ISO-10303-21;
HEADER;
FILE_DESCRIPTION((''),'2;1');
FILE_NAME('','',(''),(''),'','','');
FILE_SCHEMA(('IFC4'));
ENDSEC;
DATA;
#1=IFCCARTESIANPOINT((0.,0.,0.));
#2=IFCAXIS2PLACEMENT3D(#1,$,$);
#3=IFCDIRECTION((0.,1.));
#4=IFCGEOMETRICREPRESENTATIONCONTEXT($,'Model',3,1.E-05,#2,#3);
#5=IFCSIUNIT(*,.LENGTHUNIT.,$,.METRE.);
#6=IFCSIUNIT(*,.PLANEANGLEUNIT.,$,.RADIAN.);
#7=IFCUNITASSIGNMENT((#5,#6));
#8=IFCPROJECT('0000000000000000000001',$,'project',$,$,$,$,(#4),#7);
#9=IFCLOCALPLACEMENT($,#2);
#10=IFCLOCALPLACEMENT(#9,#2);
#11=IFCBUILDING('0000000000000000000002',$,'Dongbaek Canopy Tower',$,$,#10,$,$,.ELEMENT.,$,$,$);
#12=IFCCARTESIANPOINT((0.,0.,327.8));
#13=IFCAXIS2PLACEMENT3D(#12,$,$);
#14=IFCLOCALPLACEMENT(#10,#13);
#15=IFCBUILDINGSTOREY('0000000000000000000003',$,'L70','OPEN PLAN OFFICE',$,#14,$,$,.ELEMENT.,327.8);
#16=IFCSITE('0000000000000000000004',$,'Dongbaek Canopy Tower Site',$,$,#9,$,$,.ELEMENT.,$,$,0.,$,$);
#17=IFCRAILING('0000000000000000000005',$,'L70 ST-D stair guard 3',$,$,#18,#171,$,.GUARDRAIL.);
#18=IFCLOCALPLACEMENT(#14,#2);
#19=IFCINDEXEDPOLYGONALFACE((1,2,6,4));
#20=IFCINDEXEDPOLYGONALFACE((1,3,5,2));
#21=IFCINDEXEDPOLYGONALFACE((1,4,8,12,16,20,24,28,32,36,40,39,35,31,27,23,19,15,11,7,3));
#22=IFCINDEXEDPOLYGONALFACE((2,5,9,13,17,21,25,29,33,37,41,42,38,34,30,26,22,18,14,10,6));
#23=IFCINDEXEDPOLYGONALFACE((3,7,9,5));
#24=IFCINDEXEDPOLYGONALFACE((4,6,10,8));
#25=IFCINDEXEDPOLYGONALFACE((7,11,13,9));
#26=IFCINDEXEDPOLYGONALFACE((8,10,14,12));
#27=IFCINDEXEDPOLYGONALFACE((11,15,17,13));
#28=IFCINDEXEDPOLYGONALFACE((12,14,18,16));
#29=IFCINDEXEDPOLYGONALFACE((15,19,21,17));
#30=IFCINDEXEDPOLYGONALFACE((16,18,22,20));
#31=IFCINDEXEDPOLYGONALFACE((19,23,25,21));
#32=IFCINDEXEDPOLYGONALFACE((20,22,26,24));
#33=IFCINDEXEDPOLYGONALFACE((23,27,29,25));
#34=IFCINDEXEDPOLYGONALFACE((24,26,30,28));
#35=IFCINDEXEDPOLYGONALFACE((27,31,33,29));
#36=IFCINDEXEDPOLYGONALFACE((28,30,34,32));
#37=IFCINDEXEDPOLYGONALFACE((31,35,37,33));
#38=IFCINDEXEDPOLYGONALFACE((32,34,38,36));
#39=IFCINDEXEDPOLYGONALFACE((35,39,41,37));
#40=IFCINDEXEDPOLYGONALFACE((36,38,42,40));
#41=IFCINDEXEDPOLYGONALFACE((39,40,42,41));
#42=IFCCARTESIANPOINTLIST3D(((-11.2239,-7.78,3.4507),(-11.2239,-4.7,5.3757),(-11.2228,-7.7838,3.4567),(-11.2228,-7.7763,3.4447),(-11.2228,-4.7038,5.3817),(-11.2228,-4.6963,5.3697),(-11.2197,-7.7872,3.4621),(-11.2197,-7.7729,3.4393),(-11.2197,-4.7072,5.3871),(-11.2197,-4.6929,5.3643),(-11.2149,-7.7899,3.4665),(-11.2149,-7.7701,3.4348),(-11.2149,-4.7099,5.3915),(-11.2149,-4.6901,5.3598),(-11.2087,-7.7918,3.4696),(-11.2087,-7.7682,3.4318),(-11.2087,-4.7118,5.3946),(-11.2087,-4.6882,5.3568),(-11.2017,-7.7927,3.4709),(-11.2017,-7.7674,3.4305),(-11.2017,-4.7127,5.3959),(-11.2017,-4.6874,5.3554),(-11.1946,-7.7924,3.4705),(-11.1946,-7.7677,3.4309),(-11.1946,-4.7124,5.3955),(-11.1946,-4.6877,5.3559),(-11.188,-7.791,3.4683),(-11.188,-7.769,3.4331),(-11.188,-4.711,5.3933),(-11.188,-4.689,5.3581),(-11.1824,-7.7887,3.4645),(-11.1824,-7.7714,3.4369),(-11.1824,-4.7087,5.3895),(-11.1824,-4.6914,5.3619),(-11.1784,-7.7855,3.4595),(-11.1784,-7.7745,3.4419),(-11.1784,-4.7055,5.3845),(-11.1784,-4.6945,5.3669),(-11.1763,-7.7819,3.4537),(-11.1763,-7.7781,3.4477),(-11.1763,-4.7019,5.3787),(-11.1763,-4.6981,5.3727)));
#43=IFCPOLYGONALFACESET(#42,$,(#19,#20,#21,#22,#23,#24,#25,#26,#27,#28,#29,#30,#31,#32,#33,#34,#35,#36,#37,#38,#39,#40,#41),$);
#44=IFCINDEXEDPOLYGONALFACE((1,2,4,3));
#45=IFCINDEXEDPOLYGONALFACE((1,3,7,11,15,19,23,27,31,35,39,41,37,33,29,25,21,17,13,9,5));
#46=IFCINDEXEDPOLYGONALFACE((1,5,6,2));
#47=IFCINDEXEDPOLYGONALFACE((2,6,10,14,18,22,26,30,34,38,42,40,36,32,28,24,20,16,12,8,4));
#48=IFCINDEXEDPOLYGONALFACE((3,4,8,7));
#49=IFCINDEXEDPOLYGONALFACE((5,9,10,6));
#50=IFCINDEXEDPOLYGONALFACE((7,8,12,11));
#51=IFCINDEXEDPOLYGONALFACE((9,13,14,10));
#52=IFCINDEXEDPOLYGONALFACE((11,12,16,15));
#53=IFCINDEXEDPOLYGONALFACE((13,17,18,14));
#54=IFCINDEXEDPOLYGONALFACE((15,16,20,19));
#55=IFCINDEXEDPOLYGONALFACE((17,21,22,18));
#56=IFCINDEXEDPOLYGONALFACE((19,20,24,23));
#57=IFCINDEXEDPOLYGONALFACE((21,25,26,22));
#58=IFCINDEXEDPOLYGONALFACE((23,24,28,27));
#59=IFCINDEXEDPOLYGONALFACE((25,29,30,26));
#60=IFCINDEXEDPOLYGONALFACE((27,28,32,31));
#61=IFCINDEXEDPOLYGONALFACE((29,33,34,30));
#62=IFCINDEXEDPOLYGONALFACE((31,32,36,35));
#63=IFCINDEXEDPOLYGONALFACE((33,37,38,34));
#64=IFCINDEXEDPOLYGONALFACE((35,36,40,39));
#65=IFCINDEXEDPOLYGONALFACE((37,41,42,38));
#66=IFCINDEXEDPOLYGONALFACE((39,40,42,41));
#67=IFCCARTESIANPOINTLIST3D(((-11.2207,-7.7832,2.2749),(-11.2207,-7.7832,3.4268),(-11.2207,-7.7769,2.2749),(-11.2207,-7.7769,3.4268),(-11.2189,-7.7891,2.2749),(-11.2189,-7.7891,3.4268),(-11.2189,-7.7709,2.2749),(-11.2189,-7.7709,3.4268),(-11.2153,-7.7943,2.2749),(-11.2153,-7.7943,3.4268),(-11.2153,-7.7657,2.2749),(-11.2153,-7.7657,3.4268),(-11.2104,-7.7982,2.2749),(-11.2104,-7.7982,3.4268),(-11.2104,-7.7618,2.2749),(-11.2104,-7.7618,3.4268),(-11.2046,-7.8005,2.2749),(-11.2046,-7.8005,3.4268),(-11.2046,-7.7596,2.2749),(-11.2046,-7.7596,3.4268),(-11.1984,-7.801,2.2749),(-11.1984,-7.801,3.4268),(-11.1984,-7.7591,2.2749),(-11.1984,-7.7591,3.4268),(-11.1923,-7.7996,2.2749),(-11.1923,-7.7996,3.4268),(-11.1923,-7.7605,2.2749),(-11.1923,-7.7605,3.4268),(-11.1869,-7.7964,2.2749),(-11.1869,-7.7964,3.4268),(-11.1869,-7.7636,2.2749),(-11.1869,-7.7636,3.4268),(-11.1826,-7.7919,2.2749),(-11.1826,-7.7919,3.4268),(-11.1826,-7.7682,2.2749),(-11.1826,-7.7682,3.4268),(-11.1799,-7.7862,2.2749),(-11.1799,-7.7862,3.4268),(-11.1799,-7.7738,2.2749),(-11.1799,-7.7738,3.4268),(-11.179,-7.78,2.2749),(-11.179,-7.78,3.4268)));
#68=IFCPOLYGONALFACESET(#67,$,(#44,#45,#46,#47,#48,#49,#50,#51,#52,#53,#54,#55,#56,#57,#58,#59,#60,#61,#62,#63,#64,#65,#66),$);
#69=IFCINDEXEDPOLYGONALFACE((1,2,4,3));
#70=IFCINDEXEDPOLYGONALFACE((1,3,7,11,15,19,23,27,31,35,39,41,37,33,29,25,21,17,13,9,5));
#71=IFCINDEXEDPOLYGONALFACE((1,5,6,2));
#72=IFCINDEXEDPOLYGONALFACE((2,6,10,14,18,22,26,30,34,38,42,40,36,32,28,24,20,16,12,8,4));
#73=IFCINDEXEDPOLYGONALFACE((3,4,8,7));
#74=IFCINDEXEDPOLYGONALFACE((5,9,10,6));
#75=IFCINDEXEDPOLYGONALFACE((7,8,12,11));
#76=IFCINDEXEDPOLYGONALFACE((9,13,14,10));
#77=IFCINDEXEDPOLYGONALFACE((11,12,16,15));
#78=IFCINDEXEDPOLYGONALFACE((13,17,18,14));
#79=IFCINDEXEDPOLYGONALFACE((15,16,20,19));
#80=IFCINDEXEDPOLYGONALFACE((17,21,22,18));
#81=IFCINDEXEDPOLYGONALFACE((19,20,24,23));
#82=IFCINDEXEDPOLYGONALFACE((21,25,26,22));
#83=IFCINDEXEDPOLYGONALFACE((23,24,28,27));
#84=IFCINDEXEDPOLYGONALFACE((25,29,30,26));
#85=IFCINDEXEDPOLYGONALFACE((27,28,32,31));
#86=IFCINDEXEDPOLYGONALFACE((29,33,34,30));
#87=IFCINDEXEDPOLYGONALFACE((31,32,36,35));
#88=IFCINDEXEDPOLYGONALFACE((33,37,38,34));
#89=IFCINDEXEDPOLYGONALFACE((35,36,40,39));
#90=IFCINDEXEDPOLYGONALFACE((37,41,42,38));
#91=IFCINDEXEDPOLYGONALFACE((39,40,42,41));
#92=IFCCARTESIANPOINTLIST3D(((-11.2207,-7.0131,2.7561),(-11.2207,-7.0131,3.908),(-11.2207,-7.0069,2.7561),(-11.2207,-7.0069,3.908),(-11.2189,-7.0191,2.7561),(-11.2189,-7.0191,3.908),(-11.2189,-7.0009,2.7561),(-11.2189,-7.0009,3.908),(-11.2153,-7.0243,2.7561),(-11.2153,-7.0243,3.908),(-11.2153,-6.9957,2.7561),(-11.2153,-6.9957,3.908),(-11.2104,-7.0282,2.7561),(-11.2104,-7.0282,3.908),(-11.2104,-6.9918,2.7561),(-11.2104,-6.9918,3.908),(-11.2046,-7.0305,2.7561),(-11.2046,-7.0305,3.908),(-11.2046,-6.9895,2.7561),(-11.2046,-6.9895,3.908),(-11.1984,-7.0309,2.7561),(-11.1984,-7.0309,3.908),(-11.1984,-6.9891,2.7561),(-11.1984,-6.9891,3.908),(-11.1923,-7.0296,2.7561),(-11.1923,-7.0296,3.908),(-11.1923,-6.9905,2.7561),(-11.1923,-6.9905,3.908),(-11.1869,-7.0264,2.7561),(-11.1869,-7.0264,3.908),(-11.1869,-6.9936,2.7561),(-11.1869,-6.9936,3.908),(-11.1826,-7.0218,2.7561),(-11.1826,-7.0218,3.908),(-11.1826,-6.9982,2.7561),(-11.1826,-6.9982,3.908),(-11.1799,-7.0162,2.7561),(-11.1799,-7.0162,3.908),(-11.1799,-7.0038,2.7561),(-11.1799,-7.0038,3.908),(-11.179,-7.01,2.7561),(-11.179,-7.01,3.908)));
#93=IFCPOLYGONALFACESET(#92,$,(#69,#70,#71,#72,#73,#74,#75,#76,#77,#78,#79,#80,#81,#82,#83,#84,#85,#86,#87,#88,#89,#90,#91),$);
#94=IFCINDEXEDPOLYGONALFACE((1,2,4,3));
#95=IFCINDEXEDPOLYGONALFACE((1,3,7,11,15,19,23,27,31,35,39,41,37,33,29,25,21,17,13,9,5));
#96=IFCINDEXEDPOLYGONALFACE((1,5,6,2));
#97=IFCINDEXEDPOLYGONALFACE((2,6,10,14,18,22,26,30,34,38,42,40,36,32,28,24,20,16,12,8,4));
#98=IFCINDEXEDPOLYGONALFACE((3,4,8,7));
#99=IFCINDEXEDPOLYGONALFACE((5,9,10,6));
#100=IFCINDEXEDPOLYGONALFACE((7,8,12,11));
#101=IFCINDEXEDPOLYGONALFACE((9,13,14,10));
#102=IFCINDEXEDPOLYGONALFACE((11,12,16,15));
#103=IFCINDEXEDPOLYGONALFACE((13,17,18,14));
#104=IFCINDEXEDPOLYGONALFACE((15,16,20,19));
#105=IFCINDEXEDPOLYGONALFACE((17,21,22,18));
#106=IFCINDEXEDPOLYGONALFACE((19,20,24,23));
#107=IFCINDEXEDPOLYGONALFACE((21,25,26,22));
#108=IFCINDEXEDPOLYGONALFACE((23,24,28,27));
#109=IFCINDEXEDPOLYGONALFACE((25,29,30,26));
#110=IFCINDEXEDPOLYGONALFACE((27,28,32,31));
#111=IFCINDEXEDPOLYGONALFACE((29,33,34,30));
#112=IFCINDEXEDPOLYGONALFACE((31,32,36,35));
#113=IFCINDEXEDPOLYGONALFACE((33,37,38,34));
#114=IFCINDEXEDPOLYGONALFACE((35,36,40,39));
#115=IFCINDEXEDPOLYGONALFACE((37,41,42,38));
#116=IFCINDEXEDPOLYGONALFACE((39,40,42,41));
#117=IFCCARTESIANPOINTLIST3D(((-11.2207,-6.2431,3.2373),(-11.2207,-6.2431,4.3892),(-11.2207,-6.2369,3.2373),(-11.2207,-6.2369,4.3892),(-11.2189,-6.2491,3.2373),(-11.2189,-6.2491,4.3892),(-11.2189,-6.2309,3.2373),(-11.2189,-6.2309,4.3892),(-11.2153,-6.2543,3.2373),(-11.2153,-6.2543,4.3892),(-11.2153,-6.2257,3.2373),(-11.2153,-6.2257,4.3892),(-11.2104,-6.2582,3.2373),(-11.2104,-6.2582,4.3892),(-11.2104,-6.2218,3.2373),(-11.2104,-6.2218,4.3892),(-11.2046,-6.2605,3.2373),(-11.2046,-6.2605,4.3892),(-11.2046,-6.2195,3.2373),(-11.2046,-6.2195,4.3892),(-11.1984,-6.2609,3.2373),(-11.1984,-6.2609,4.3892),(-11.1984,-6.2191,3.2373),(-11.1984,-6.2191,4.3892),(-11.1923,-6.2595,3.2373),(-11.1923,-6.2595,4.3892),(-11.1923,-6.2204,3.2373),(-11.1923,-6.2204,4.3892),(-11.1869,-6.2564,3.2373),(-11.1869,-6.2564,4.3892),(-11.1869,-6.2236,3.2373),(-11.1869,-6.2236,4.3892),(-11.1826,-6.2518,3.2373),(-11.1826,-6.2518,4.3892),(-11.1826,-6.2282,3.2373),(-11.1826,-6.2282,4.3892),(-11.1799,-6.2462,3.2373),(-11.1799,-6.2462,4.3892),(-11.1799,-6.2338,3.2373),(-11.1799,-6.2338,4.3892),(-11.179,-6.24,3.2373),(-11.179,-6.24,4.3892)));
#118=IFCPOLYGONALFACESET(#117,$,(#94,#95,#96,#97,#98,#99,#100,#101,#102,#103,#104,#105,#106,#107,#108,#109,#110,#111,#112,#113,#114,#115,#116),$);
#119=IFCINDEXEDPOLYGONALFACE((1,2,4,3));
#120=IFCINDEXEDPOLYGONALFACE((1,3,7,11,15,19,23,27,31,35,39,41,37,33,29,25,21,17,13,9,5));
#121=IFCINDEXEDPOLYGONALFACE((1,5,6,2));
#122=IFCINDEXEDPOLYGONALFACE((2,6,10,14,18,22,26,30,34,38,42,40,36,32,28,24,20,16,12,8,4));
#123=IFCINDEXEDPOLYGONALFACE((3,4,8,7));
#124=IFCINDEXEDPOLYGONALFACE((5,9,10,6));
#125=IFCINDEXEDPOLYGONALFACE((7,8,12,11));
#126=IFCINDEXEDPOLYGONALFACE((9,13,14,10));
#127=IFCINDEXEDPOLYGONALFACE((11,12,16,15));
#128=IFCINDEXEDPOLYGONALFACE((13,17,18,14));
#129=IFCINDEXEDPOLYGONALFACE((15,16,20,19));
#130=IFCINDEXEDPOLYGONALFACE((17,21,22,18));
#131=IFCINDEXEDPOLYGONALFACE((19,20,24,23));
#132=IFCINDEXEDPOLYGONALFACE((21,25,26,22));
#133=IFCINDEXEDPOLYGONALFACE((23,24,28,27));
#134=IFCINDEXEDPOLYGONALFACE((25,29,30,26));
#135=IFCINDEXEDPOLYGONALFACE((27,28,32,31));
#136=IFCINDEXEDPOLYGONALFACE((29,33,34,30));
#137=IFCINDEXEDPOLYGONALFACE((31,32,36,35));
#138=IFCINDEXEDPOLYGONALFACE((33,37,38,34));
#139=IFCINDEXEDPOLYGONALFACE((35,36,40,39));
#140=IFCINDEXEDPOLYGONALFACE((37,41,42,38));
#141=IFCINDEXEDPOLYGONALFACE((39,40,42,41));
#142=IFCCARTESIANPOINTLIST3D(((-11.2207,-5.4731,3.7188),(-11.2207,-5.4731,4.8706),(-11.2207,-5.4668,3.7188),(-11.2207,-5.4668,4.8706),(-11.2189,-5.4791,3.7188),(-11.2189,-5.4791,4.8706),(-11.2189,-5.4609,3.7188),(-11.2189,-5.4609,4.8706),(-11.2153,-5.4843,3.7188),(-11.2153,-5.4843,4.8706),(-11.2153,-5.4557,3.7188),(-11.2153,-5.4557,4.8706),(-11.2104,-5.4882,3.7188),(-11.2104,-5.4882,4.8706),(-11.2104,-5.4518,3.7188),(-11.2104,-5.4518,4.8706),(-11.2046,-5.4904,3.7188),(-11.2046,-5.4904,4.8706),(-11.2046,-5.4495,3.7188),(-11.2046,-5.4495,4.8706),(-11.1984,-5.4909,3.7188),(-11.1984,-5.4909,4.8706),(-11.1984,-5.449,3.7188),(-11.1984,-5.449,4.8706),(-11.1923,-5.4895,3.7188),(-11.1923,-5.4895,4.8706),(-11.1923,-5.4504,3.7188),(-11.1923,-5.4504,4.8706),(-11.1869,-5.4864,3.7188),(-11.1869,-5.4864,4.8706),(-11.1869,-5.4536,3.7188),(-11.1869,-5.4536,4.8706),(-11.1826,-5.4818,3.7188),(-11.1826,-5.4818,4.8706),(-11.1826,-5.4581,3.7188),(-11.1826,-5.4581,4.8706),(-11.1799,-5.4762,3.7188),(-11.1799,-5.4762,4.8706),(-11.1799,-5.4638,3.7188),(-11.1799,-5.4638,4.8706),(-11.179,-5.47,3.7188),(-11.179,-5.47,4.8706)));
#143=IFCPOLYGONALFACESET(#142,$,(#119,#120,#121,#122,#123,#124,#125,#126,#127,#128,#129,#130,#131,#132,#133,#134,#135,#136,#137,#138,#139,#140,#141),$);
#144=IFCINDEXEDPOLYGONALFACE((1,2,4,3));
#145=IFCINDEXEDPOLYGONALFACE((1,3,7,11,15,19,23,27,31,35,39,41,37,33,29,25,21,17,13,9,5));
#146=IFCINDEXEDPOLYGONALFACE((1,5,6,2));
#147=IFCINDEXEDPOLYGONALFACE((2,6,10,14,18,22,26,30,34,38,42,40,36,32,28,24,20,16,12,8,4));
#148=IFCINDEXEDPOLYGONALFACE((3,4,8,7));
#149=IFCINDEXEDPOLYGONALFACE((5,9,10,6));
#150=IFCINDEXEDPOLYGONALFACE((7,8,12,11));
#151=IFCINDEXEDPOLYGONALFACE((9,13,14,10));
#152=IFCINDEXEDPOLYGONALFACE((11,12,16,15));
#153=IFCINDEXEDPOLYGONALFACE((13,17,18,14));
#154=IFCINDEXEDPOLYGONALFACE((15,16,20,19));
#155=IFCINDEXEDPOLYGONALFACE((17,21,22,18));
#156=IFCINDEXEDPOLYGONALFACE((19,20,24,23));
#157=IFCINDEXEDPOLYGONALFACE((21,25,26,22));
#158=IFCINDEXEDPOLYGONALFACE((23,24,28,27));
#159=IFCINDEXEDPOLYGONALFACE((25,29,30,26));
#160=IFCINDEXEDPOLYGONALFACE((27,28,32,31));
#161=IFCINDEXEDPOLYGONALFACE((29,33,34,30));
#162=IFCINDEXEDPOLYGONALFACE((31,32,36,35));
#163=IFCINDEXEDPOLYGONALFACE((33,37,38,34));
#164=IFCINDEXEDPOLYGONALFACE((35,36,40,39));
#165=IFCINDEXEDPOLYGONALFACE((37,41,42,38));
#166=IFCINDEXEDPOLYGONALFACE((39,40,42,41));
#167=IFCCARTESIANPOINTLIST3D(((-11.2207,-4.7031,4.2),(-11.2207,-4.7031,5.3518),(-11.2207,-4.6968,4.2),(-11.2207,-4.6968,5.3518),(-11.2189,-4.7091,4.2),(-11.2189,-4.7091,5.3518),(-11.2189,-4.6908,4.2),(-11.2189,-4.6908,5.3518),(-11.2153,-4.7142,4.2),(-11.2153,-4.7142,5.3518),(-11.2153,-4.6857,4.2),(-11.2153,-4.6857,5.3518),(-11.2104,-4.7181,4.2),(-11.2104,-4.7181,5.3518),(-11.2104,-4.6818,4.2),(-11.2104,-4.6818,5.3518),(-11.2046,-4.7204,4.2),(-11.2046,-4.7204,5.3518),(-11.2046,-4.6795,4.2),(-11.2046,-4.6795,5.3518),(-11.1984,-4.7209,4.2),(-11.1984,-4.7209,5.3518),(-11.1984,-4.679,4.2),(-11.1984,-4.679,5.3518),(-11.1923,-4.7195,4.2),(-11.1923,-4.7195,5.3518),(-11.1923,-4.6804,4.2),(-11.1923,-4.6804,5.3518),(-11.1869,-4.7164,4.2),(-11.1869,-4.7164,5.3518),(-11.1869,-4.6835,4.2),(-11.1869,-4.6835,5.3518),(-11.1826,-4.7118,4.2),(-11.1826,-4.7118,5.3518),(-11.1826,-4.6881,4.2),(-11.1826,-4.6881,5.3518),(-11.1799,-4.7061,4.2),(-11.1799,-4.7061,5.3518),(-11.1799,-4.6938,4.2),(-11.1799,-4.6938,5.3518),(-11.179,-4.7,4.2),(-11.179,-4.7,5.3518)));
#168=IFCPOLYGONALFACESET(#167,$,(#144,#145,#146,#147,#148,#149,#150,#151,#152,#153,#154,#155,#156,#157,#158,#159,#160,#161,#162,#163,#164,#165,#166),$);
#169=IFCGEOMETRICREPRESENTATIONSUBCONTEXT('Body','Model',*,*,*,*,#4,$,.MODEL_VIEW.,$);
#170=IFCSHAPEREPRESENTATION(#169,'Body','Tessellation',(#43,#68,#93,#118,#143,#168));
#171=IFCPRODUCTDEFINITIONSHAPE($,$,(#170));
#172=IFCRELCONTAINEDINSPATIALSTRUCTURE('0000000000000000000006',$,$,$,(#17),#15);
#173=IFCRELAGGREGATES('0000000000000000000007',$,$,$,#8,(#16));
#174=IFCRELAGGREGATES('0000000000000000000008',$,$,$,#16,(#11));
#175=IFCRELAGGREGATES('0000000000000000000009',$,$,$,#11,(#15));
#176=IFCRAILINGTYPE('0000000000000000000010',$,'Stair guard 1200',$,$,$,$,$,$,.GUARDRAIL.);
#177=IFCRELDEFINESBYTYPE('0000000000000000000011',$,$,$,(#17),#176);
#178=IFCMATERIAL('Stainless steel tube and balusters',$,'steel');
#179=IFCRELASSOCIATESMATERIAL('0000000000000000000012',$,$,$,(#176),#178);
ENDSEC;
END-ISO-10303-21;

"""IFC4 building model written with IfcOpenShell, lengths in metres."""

from ifc_helpers import new_model, si_unit, direction, frame, origin, origin_2d, place, context, subcontext, project, spatial, circle, extrude, material, type_object, element, save


model = new_model("IFC4")

# Units and contexts
model_context = context("Model", 3, precision=1e-05, world=origin(), true_north=direction((0.0, 1.0)))
body_context = subcontext(model_context, "Body", "Model", "MODEL_VIEW")
ifc_project = project(units=[si_unit("LENGTHUNIT", "METRE"), si_unit("PLANEANGLEUNIT", "RADIAN")], contexts=[model_context])

# Site, building, storey
site_placement = place(None, origin())
site = spatial("IfcSite", under=ifc_project, at=site_placement, Name="Dongbaek Canopy Tower Site", CompositionType="ELEMENT", RefElevation=0.0)
building_placement = place(site_placement, origin())
building = spatial("IfcBuilding", under=site, at=building_placement, Name="Dongbaek Canopy Tower", CompositionType="ELEMENT")
storey_placement = place(building_placement, frame((0.0, 0.0, 327.8)))
storey = spatial("IfcBuildingStorey", under=building, at=storey_placement, Name="L70", Description="OPEN PLAN OFFICE", CompositionType="ELEMENT", Elevation=327.8)

# Railing
ifc_material_1 = material(Name="Stainless steel tube and balusters", Category="steel")
railing_type_1 = type_object("IfcRailingType", Name="Stair guard 1200", PredefinedType="GUARDRAIL", material=ifc_material_1)
railing_1_placement = place(storey_placement, frame((-11.2, -7.78, 2.2749)))
element("IfcRailing", 1, at=railing_1_placement, inside=storey, type_object=railing_type_1, Name="L70 ST-D stair guard 3", PredefinedType="GUARDRAIL", context=body_context, shape_type="SweptSolid", body=[
    extrude(circle(Radius=0.0239, at=origin_2d()), frame((0.0, 0.0, 1.1758), z_axis=(0.0, 0.847998, 0.529999), x_axis=(-1.0, 0.0, 0.0)), (0.0, 0.0, 1.0), 3.6321),
    extrude(circle(Radius=0.021, at=origin_2d()), origin(), (0.0, 0.0, 1.0), 1.1519),
    extrude(circle(Radius=0.021, at=origin_2d()), frame((0.0, 0.77, 0.4812)), (0.0, 0.0, 1.0), 1.1519),
    extrude(circle(Radius=0.021, at=origin_2d()), frame((0.0, 1.54, 0.9624)), (0.0, 0.0, 1.0), 1.1519),
    extrude(circle(Radius=0.021, at=origin_2d()), frame((0.0, 2.3101, 1.4438)), (0.0, 0.0, 1.0), 1.1519),
    extrude(circle(Radius=0.021, at=origin_2d()), frame((0.0, 3.0801, 1.925)), (0.0, 0.0, 1.0), 1.1519),
])

save(model, "model.ifc")
